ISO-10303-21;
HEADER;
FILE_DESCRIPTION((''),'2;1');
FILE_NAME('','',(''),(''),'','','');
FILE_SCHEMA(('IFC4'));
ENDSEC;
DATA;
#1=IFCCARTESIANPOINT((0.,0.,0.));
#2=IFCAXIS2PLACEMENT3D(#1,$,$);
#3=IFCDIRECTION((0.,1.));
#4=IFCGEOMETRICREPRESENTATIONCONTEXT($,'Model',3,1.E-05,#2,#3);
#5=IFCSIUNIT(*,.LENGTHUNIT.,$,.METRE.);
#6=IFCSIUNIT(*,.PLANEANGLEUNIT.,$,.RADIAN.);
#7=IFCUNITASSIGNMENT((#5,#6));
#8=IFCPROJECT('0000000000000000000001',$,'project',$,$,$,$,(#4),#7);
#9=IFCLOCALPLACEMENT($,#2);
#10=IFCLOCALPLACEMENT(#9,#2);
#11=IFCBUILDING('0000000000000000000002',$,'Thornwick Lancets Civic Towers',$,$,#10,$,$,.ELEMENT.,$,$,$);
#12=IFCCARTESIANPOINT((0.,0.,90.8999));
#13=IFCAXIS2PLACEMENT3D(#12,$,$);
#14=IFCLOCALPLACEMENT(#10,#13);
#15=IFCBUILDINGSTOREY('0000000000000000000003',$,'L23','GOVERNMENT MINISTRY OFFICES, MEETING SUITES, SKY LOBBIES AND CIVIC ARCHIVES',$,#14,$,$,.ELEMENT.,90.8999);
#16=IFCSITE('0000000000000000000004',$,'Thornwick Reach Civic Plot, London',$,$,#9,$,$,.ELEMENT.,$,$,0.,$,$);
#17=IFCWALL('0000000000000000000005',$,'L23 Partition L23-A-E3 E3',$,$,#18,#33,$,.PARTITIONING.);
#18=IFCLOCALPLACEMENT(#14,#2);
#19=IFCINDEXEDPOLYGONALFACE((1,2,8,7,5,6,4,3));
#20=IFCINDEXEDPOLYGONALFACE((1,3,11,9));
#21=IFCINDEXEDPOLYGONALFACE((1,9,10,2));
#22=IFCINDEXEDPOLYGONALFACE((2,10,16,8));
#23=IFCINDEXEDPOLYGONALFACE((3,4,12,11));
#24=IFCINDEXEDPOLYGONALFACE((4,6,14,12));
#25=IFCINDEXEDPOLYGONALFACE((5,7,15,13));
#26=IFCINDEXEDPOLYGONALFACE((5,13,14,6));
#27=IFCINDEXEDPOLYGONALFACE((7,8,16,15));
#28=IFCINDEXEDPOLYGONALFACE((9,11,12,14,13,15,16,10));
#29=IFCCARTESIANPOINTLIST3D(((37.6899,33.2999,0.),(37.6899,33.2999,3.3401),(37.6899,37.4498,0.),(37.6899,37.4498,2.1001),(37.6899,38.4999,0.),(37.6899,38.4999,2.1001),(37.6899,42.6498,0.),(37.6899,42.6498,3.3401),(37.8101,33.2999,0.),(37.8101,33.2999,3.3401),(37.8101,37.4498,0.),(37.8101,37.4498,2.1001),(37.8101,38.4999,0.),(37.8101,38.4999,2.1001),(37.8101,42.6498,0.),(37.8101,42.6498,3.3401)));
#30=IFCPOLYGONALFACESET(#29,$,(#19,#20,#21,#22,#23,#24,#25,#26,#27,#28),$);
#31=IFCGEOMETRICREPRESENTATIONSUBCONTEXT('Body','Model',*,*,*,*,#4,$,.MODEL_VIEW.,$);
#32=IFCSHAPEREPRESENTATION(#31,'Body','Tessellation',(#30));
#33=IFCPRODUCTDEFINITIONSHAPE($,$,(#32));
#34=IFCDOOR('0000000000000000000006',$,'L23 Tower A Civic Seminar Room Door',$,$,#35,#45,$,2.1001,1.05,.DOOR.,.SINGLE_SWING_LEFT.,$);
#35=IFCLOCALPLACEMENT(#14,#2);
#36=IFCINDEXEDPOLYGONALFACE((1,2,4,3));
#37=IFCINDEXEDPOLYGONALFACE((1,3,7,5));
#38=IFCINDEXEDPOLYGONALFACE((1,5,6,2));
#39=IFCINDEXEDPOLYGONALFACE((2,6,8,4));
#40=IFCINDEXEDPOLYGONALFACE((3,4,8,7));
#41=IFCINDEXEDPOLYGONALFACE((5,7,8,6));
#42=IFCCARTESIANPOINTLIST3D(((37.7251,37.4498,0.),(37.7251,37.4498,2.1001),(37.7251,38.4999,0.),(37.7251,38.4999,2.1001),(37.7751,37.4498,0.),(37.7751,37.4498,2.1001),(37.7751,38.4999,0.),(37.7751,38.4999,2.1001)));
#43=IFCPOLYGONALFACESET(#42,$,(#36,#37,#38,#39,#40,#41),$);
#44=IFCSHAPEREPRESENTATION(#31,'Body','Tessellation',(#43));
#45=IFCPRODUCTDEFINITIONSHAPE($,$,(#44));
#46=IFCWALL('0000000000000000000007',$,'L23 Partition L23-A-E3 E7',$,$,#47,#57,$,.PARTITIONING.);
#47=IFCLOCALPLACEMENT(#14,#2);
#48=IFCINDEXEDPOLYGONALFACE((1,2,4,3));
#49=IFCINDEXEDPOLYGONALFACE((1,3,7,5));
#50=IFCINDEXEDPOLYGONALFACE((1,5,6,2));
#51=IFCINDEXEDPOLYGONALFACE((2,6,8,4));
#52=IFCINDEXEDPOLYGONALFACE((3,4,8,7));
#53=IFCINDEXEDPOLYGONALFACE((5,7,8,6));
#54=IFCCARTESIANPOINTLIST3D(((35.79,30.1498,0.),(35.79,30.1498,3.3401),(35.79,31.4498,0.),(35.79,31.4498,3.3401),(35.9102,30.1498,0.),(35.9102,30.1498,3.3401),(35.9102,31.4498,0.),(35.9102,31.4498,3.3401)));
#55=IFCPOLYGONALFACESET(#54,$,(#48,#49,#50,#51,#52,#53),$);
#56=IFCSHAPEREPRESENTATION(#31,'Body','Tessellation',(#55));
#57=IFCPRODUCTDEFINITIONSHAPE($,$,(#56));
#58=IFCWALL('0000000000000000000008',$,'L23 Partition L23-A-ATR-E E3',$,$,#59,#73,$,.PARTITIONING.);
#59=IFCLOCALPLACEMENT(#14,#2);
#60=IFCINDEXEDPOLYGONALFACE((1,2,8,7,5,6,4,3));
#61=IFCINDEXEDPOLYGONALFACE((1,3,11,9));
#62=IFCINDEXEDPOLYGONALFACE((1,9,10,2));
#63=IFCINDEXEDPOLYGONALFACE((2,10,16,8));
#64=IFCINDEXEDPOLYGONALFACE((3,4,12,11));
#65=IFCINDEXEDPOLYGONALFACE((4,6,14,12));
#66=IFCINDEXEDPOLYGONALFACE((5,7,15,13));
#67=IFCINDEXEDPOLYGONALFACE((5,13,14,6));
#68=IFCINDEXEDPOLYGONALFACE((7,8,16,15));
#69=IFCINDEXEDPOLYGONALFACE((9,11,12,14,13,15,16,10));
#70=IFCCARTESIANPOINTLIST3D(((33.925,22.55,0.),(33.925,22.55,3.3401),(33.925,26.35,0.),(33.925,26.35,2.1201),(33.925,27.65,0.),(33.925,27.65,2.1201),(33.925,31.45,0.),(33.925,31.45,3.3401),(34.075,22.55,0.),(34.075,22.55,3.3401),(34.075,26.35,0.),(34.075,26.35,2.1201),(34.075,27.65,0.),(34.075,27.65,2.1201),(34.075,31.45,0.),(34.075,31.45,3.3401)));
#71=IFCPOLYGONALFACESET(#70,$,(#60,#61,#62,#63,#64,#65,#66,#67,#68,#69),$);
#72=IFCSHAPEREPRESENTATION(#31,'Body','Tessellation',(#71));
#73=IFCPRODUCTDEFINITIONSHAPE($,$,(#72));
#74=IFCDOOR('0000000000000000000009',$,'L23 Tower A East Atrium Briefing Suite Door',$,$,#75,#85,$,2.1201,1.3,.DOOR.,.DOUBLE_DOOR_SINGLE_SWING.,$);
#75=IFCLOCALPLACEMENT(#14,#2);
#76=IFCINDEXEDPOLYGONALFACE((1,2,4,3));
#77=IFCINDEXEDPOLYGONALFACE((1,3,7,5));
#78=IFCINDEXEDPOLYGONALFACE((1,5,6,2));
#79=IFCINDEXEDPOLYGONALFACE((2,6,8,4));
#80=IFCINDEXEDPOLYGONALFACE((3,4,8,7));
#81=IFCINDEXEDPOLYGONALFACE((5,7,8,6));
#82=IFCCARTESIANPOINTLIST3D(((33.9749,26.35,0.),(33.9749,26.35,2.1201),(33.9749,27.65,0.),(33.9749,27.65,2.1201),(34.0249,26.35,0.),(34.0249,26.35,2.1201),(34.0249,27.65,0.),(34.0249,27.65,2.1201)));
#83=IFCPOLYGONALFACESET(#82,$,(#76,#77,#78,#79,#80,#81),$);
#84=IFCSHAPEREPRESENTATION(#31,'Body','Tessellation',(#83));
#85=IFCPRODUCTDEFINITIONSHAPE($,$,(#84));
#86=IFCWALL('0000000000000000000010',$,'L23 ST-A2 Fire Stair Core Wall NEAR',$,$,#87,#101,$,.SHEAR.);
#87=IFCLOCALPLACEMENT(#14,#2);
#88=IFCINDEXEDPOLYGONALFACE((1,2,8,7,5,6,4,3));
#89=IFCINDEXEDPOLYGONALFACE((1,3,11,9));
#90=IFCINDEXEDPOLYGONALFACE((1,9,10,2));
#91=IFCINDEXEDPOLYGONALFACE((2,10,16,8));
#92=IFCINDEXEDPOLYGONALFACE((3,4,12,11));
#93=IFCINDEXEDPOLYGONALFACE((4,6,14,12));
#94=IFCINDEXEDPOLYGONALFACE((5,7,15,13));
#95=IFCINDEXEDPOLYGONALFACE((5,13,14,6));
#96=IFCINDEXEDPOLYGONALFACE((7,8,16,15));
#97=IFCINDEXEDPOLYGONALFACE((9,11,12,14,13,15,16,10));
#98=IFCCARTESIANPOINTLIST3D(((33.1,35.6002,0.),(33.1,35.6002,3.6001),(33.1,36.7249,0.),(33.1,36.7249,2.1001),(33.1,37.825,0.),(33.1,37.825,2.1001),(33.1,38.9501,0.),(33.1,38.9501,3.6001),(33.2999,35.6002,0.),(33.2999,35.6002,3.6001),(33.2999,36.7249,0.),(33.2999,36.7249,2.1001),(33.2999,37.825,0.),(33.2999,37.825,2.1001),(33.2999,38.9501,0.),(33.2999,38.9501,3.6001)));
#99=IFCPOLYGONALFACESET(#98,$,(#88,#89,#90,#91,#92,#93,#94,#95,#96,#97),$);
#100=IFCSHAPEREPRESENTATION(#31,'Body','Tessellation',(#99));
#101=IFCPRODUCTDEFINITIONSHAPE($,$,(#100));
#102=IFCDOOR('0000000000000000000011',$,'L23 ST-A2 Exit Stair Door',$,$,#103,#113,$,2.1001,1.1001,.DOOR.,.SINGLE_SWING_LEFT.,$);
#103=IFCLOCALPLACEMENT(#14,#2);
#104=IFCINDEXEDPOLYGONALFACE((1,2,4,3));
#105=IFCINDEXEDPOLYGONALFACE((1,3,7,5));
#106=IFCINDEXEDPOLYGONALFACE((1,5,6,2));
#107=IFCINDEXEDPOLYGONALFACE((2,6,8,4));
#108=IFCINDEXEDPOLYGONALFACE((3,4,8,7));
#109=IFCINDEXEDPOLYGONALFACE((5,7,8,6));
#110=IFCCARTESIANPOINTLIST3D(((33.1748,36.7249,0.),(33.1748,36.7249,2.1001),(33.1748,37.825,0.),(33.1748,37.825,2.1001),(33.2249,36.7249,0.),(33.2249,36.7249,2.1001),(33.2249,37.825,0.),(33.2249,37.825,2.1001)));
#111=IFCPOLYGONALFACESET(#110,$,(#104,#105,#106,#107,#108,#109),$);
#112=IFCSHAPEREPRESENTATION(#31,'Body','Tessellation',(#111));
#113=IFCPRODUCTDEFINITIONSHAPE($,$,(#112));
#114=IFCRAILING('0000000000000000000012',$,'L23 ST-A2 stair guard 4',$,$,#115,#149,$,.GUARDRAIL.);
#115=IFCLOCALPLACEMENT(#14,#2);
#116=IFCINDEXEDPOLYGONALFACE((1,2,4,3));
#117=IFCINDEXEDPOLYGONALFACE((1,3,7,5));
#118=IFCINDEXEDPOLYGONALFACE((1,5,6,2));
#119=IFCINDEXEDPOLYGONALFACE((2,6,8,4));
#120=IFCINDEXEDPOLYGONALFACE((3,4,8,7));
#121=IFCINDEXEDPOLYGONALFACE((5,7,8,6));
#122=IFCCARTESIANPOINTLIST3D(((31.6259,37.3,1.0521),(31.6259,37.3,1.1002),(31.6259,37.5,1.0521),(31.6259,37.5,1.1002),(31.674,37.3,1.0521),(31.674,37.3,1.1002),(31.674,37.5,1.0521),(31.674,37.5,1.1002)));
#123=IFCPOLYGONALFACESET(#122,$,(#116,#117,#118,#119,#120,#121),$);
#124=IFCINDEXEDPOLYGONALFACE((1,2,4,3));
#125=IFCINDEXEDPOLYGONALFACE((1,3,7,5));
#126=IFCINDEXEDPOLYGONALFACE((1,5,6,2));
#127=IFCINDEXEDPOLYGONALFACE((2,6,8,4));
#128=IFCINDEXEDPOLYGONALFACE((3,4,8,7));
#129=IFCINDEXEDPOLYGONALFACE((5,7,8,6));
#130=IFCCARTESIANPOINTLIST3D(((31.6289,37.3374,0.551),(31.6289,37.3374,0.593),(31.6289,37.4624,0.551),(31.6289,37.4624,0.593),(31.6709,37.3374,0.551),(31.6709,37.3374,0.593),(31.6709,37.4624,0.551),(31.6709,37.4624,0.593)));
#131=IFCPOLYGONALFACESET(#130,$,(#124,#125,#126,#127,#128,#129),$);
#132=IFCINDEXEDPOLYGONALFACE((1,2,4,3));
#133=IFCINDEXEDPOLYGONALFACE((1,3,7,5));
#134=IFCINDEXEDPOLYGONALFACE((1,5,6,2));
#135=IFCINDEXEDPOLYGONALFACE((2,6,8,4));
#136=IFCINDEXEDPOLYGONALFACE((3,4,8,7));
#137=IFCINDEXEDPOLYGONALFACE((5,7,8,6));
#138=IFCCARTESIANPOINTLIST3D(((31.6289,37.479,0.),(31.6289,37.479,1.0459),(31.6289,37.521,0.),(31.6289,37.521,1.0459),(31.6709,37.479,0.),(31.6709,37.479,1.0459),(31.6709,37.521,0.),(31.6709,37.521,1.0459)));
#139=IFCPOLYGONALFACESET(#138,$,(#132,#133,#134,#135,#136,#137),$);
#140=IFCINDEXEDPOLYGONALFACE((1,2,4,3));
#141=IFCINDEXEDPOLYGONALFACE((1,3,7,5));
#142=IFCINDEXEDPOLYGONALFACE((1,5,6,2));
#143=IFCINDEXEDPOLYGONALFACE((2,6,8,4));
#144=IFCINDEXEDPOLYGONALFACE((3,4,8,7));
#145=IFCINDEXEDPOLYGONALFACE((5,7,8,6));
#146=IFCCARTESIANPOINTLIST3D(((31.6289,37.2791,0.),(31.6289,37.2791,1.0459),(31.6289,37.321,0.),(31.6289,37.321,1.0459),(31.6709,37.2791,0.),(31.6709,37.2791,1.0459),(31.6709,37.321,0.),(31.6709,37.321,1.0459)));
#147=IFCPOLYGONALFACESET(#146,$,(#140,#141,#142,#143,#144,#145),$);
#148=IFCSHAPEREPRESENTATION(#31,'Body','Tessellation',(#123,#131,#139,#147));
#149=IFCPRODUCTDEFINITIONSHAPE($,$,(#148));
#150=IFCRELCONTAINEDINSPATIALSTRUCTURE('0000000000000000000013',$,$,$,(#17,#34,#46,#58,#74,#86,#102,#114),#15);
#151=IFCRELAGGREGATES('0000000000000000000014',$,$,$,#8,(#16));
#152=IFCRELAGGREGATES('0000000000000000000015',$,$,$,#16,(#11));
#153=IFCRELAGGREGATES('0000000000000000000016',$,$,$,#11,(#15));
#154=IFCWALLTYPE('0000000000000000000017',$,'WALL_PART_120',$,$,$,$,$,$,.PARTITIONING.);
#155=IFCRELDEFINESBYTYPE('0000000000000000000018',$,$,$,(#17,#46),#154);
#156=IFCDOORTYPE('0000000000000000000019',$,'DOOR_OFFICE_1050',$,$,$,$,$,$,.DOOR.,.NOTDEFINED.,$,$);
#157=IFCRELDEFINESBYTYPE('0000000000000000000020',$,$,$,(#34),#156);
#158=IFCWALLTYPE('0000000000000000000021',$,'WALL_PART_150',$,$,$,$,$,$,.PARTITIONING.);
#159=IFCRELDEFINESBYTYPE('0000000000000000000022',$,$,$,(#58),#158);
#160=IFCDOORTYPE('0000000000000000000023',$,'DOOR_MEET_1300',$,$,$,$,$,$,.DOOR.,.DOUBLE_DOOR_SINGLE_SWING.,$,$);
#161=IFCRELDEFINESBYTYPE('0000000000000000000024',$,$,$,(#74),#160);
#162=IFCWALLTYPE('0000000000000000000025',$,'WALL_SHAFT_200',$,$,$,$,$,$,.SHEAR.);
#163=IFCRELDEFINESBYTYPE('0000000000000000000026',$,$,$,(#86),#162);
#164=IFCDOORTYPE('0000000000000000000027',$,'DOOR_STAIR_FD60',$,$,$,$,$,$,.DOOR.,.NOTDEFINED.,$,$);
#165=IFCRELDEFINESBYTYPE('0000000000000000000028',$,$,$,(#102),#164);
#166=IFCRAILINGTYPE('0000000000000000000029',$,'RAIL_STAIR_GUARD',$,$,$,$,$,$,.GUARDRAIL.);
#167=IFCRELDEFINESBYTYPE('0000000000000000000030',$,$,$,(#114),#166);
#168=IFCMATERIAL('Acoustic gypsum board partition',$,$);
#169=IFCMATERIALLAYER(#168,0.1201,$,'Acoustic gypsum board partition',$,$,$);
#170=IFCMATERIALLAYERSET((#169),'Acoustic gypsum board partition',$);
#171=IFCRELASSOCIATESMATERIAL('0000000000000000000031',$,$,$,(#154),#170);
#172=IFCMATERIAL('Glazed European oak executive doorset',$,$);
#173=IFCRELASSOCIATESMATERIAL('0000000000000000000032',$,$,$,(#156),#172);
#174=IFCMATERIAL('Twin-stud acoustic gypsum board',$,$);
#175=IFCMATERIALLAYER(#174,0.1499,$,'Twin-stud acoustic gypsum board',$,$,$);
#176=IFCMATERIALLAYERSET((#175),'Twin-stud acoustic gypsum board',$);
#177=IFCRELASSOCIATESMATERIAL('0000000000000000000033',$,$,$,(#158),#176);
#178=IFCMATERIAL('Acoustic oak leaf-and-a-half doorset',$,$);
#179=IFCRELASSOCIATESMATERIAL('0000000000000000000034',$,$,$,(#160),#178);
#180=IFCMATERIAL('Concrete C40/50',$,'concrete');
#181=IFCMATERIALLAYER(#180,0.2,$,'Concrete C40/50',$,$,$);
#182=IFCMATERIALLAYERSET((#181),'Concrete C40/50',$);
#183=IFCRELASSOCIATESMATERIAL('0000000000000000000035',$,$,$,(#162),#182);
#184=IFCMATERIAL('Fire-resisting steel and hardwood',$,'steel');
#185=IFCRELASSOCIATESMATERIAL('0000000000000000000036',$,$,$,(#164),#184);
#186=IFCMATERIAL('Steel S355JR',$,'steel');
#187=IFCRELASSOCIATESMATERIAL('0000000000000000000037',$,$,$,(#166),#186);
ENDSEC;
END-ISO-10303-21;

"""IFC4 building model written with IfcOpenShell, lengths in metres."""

from ifc_helpers import new_model, si_unit, direction, frame, frame_2d, origin, origin_2d, place, context, subcontext, project, spatial, rectangle, extrude, material, layer, layer_set, type_object, element, fill, save


model = new_model("IFC4")

# Units and contexts
model_context = context("Model", 3, precision=1e-05, world=origin(), true_north=direction((0.0, 1.0)))
body_context = subcontext(model_context, "Body", "Model", "MODEL_VIEW")
ifc_project = project(units=[si_unit("LENGTHUNIT", "METRE"), si_unit("PLANEANGLEUNIT", "RADIAN")], contexts=[model_context])

# Site, building, storey
site_placement = place(None, origin())
site = spatial("IfcSite", under=ifc_project, at=site_placement, Name="Thornwick Reach Civic Plot, London", CompositionType="ELEMENT", RefElevation=0.0)
building_placement = place(site_placement, origin())
building = spatial("IfcBuilding", under=site, at=building_placement, Name="Thornwick Lancets Civic Towers", CompositionType="ELEMENT")
storey_placement = place(building_placement, frame((0.0, 0.0, 90.8999)))
storey = spatial("IfcBuildingStorey", under=building, at=storey_placement, Name="L23", Description="GOVERNMENT MINISTRY OFFICES, MEETING SUITES, SKY LOBBIES AND CIVIC ARCHIVES", CompositionType="ELEMENT", Elevation=90.8999)

# Shared definitions
ifc_material_1 = material(Name="Steel S355JR", Category="steel")

# Shared definitions
ifc_material_2 = material(Name="Acoustic gypsum board partition")
ifc_layer_1 = layer(ifc_material_2, 0.1201, Name="Acoustic gypsum board partition")
ifc_layer_set_1 = layer_set([ifc_layer_1], Name="Acoustic gypsum board partition")
wall_type_1 = type_object("IfcWallType", Name="WALL_PART_120", PredefinedType="PARTITIONING", material=ifc_layer_set_1)

# Wall, opening, door
wall_1_placement = place(storey_placement, frame((37.75, 33.3, 0.0), z_axis=(0.0, 0.0, 1.0), x_axis=(0.0, 1.0, 0.0)))
wall_1 = element("IfcWall", 1, at=wall_1_placement, inside=storey, type_object=wall_type_1, Name="L23 Partition L23-A-E3 E3", PredefinedType="PARTITIONING", context=body_context, shape_type="SweptSolid", body=[
    extrude(rectangle(XDim=9.3499, YDim=0.1201, at=frame_2d((4.6748, 0.0))), origin(), (0.0, 0.0, 1.0), 3.3401),
])
opening_1_placement = place(wall_1_placement, frame((4.1499, 0.0, 0.0)))
opening_1 = element("IfcOpeningElement", 2, at=opening_1_placement, cuts=wall_1, PredefinedType="OPENING", context=body_context, shape_type="SweptSolid", body=[
    extrude(rectangle(XDim=1.05, YDim=2.1001, at=frame_2d((0.5249, 1.05))), frame((0.0, 0.0701, 0.0), z_axis=(0.0, -1.0, 0.0), x_axis=(1.0, 0.0, 0.0)), (0.0, 0.0, 1.0), 0.1401),
])
ifc_material_3 = material(Name="Glazed European oak executive doorset")
door_type_1 = type_object("IfcDoorType", Name="DOOR_OFFICE_1050", OperationType="NOTDEFINED", PredefinedType="DOOR", material=ifc_material_3)
door_1_placement = place(opening_1_placement, origin())
door_1 = element("IfcDoor", 3, at=door_1_placement, inside=storey, type_object=door_type_1, Name="L23 Tower A Civic Seminar Room Door", OperationType="SINGLE_SWING_LEFT", OverallHeight=2.1001, OverallWidth=1.05, PredefinedType="DOOR", context=body_context, shape_type="SweptSolid", body=[
    extrude(rectangle(XDim=1.05, YDim=2.1001, at=frame_2d((0.5249, 1.05))), frame((0.0, 0.0249, 0.0), z_axis=(0.0, -1.0, 0.0), x_axis=(1.0, 0.0, 0.0)), (0.0, 0.0, 1.0), 0.05),
])
fill(opening_1, door_1)

# Wall
wall_2_placement = place(storey_placement, frame((35.8501, 30.1499, 0.0), z_axis=(0.0, 0.0, 1.0), x_axis=(0.0, 1.0, 0.0)))
element("IfcWall", 4, at=wall_2_placement, inside=storey, type_object=wall_type_1, Name="L23 Partition L23-A-E3 E7", PredefinedType="PARTITIONING", context=body_context, shape_type="SweptSolid", body=[
    extrude(rectangle(XDim=1.3, YDim=0.1201, at=frame_2d((0.6499, 0.0))), origin(), (0.0, 0.0, 1.0), 3.3401),
])

# Walls, openings, doors
ifc_material_4 = material(Name="Twin-stud acoustic gypsum board")
ifc_layer_2 = layer(ifc_material_4, 0.1499, Name="Twin-stud acoustic gypsum board")
ifc_layer_set_2 = layer_set([ifc_layer_2], Name="Twin-stud acoustic gypsum board")
wall_type_2 = type_object("IfcWallType", Name="WALL_PART_150", PredefinedType="PARTITIONING", material=ifc_layer_set_2)
wall_3_placement = place(storey_placement, frame((34.0, 31.45, 0.0), z_axis=(0.0, 0.0, 1.0), x_axis=(0.0, -1.0, 0.0)))
wall_3 = element("IfcWall", 5, at=wall_3_placement, inside=storey, type_object=wall_type_2, Name="L23 Partition L23-A-ATR-E E3", PredefinedType="PARTITIONING", context=body_context, shape_type="SweptSolid", body=[
    extrude(rectangle(XDim=8.8999, YDim=0.1499, at=frame_2d((4.45, 0.0))), origin(), (0.0, 0.0, 1.0), 3.3401),
])
opening_2_placement = place(wall_3_placement, frame((3.8, 0.0, 0.0)))
opening_2 = element("IfcOpeningElement", 6, at=opening_2_placement, cuts=wall_3, PredefinedType="OPENING", context=body_context, shape_type="SweptSolid", body=[
    extrude(rectangle(XDim=1.3, YDim=2.1201, at=frame_2d((0.6499, 1.0601))), frame((0.0, 0.085, 0.0), z_axis=(0.0, -1.0, 0.0), x_axis=(1.0, 0.0, 0.0)), (0.0, 0.0, 1.0), 0.1699),
])
ifc_material_5 = material(Name="Acoustic oak leaf-and-a-half doorset")
door_type_2 = type_object("IfcDoorType", Name="DOOR_MEET_1300", OperationType="DOUBLE_DOOR_SINGLE_SWING", PredefinedType="DOOR", material=ifc_material_5)
door_2_placement = place(opening_2_placement, origin())
door_2 = element("IfcDoor", 7, at=door_2_placement, inside=storey, type_object=door_type_2, Name="L23 Tower A East Atrium Briefing Suite Door", OperationType="DOUBLE_DOOR_SINGLE_SWING", OverallHeight=2.1201, OverallWidth=1.3, PredefinedType="DOOR", context=body_context, shape_type="SweptSolid", body=[
    extrude(rectangle(XDim=1.3, YDim=2.1201, at=frame_2d((0.6499, 1.0601))), frame((0.0, 0.0249, 0.0), z_axis=(0.0, -1.0, 0.0), x_axis=(1.0, 0.0, 0.0)), (0.0, 0.0, 1.0), 0.05),
])
fill(opening_2, door_2)
ifc_material_6 = material(Name="Concrete C40/50", Category="concrete")
ifc_layer_3 = layer(ifc_material_6, 0.2, Name="Concrete C40/50")
ifc_layer_set_3 = layer_set([ifc_layer_3], Name="Concrete C40/50")
wall_type_3 = type_object("IfcWallType", Name="WALL_SHAFT_200", PredefinedType="SHEAR", material=ifc_layer_set_3)
wall_4_placement = place(storey_placement, frame((33.2, 38.95, 0.0), z_axis=(0.0, 0.0, 1.0), x_axis=(0.0, -1.0, 0.0)))
wall_4 = element("IfcWall", 8, at=wall_4_placement, inside=storey, type_object=wall_type_3, Name="L23 ST-A2 Fire Stair Core Wall NEAR", PredefinedType="SHEAR", context=body_context, shape_type="SweptSolid", body=[
    extrude(rectangle(XDim=3.3499, YDim=0.2, at=frame_2d((1.6748, 0.0))), origin(), (0.0, 0.0, 1.0), 3.6001),
])
opening_3_placement = place(wall_4_placement, frame((1.125, 0.0, 0.0)))
opening_3 = element("IfcOpeningElement", 9, at=opening_3_placement, cuts=wall_4, PredefinedType="OPENING", context=body_context, shape_type="SweptSolid", body=[
    extrude(rectangle(XDim=1.1001, YDim=2.1001, at=frame_2d((0.55, 1.05))), frame((0.0, 0.1099, 0.0), z_axis=(0.0, -1.0, 0.0), x_axis=(1.0, 0.0, 0.0)), (0.0, 0.0, 1.0), 0.22),
])
ifc_material_7 = material(Name="Fire-resisting steel and hardwood", Category="steel")
door_type_3 = type_object("IfcDoorType", Name="DOOR_STAIR_FD60", OperationType="NOTDEFINED", PredefinedType="DOOR", material=ifc_material_7)
door_3_placement = place(opening_3_placement, origin())
door_3 = element("IfcDoor", 10, at=door_3_placement, inside=storey, type_object=door_type_3, Name="L23 ST-A2 Exit Stair Door", OperationType="SINGLE_SWING_LEFT", OverallHeight=2.1001, OverallWidth=1.1001, PredefinedType="DOOR", context=body_context, shape_type="SweptSolid", body=[
    extrude(rectangle(XDim=1.1001, YDim=2.1001, at=frame_2d((0.55, 1.05))), frame((0.0, 0.0249, 0.0), z_axis=(0.0, -1.0, 0.0), x_axis=(1.0, 0.0, 0.0)), (0.0, 0.0, 1.0), 0.05),
])
fill(opening_3, door_3)

# Railing
railing_type = type_object("IfcRailingType", Name="RAIL_STAIR_GUARD", PredefinedType="GUARDRAIL", material=ifc_material_1)
railing_placement = place(storey_placement, frame((31.6499, 37.5, 0.0)))
element("IfcRailing", 11, at=railing_placement, inside=storey, type_object=railing_type, Name="L23 ST-A2 stair guard 4", PredefinedType="GUARDRAIL", context=body_context, shape_type="SweptSolid", body=[
    extrude(rectangle(XDim=0.0481, YDim=0.0481, at=origin_2d()), frame((0.0, 0.0, 1.0762), z_axis=(0.0, -1.0, 0.0), x_axis=(1.0, 0.0, 0.0)), (0.0, 0.0, 1.0), 0.2),
    extrude(rectangle(XDim=0.042, YDim=0.042, at=origin_2d()), frame((0.0, -0.0376, 0.572), z_axis=(0.0, -1.0, 0.0), x_axis=(1.0, 0.0, 0.0)), (0.0, 0.0, 1.0), 0.125),
    extrude(rectangle(XDim=0.042, YDim=0.042, at=origin_2d()), origin(), (0.0, 0.0, 1.0), 1.0459),
    extrude(rectangle(XDim=0.042, YDim=0.042, at=origin_2d()), frame((0.0, -0.2, 0.0)), (0.0, 0.0, 1.0), 1.0459),
])

save(model, "model.ifc")
